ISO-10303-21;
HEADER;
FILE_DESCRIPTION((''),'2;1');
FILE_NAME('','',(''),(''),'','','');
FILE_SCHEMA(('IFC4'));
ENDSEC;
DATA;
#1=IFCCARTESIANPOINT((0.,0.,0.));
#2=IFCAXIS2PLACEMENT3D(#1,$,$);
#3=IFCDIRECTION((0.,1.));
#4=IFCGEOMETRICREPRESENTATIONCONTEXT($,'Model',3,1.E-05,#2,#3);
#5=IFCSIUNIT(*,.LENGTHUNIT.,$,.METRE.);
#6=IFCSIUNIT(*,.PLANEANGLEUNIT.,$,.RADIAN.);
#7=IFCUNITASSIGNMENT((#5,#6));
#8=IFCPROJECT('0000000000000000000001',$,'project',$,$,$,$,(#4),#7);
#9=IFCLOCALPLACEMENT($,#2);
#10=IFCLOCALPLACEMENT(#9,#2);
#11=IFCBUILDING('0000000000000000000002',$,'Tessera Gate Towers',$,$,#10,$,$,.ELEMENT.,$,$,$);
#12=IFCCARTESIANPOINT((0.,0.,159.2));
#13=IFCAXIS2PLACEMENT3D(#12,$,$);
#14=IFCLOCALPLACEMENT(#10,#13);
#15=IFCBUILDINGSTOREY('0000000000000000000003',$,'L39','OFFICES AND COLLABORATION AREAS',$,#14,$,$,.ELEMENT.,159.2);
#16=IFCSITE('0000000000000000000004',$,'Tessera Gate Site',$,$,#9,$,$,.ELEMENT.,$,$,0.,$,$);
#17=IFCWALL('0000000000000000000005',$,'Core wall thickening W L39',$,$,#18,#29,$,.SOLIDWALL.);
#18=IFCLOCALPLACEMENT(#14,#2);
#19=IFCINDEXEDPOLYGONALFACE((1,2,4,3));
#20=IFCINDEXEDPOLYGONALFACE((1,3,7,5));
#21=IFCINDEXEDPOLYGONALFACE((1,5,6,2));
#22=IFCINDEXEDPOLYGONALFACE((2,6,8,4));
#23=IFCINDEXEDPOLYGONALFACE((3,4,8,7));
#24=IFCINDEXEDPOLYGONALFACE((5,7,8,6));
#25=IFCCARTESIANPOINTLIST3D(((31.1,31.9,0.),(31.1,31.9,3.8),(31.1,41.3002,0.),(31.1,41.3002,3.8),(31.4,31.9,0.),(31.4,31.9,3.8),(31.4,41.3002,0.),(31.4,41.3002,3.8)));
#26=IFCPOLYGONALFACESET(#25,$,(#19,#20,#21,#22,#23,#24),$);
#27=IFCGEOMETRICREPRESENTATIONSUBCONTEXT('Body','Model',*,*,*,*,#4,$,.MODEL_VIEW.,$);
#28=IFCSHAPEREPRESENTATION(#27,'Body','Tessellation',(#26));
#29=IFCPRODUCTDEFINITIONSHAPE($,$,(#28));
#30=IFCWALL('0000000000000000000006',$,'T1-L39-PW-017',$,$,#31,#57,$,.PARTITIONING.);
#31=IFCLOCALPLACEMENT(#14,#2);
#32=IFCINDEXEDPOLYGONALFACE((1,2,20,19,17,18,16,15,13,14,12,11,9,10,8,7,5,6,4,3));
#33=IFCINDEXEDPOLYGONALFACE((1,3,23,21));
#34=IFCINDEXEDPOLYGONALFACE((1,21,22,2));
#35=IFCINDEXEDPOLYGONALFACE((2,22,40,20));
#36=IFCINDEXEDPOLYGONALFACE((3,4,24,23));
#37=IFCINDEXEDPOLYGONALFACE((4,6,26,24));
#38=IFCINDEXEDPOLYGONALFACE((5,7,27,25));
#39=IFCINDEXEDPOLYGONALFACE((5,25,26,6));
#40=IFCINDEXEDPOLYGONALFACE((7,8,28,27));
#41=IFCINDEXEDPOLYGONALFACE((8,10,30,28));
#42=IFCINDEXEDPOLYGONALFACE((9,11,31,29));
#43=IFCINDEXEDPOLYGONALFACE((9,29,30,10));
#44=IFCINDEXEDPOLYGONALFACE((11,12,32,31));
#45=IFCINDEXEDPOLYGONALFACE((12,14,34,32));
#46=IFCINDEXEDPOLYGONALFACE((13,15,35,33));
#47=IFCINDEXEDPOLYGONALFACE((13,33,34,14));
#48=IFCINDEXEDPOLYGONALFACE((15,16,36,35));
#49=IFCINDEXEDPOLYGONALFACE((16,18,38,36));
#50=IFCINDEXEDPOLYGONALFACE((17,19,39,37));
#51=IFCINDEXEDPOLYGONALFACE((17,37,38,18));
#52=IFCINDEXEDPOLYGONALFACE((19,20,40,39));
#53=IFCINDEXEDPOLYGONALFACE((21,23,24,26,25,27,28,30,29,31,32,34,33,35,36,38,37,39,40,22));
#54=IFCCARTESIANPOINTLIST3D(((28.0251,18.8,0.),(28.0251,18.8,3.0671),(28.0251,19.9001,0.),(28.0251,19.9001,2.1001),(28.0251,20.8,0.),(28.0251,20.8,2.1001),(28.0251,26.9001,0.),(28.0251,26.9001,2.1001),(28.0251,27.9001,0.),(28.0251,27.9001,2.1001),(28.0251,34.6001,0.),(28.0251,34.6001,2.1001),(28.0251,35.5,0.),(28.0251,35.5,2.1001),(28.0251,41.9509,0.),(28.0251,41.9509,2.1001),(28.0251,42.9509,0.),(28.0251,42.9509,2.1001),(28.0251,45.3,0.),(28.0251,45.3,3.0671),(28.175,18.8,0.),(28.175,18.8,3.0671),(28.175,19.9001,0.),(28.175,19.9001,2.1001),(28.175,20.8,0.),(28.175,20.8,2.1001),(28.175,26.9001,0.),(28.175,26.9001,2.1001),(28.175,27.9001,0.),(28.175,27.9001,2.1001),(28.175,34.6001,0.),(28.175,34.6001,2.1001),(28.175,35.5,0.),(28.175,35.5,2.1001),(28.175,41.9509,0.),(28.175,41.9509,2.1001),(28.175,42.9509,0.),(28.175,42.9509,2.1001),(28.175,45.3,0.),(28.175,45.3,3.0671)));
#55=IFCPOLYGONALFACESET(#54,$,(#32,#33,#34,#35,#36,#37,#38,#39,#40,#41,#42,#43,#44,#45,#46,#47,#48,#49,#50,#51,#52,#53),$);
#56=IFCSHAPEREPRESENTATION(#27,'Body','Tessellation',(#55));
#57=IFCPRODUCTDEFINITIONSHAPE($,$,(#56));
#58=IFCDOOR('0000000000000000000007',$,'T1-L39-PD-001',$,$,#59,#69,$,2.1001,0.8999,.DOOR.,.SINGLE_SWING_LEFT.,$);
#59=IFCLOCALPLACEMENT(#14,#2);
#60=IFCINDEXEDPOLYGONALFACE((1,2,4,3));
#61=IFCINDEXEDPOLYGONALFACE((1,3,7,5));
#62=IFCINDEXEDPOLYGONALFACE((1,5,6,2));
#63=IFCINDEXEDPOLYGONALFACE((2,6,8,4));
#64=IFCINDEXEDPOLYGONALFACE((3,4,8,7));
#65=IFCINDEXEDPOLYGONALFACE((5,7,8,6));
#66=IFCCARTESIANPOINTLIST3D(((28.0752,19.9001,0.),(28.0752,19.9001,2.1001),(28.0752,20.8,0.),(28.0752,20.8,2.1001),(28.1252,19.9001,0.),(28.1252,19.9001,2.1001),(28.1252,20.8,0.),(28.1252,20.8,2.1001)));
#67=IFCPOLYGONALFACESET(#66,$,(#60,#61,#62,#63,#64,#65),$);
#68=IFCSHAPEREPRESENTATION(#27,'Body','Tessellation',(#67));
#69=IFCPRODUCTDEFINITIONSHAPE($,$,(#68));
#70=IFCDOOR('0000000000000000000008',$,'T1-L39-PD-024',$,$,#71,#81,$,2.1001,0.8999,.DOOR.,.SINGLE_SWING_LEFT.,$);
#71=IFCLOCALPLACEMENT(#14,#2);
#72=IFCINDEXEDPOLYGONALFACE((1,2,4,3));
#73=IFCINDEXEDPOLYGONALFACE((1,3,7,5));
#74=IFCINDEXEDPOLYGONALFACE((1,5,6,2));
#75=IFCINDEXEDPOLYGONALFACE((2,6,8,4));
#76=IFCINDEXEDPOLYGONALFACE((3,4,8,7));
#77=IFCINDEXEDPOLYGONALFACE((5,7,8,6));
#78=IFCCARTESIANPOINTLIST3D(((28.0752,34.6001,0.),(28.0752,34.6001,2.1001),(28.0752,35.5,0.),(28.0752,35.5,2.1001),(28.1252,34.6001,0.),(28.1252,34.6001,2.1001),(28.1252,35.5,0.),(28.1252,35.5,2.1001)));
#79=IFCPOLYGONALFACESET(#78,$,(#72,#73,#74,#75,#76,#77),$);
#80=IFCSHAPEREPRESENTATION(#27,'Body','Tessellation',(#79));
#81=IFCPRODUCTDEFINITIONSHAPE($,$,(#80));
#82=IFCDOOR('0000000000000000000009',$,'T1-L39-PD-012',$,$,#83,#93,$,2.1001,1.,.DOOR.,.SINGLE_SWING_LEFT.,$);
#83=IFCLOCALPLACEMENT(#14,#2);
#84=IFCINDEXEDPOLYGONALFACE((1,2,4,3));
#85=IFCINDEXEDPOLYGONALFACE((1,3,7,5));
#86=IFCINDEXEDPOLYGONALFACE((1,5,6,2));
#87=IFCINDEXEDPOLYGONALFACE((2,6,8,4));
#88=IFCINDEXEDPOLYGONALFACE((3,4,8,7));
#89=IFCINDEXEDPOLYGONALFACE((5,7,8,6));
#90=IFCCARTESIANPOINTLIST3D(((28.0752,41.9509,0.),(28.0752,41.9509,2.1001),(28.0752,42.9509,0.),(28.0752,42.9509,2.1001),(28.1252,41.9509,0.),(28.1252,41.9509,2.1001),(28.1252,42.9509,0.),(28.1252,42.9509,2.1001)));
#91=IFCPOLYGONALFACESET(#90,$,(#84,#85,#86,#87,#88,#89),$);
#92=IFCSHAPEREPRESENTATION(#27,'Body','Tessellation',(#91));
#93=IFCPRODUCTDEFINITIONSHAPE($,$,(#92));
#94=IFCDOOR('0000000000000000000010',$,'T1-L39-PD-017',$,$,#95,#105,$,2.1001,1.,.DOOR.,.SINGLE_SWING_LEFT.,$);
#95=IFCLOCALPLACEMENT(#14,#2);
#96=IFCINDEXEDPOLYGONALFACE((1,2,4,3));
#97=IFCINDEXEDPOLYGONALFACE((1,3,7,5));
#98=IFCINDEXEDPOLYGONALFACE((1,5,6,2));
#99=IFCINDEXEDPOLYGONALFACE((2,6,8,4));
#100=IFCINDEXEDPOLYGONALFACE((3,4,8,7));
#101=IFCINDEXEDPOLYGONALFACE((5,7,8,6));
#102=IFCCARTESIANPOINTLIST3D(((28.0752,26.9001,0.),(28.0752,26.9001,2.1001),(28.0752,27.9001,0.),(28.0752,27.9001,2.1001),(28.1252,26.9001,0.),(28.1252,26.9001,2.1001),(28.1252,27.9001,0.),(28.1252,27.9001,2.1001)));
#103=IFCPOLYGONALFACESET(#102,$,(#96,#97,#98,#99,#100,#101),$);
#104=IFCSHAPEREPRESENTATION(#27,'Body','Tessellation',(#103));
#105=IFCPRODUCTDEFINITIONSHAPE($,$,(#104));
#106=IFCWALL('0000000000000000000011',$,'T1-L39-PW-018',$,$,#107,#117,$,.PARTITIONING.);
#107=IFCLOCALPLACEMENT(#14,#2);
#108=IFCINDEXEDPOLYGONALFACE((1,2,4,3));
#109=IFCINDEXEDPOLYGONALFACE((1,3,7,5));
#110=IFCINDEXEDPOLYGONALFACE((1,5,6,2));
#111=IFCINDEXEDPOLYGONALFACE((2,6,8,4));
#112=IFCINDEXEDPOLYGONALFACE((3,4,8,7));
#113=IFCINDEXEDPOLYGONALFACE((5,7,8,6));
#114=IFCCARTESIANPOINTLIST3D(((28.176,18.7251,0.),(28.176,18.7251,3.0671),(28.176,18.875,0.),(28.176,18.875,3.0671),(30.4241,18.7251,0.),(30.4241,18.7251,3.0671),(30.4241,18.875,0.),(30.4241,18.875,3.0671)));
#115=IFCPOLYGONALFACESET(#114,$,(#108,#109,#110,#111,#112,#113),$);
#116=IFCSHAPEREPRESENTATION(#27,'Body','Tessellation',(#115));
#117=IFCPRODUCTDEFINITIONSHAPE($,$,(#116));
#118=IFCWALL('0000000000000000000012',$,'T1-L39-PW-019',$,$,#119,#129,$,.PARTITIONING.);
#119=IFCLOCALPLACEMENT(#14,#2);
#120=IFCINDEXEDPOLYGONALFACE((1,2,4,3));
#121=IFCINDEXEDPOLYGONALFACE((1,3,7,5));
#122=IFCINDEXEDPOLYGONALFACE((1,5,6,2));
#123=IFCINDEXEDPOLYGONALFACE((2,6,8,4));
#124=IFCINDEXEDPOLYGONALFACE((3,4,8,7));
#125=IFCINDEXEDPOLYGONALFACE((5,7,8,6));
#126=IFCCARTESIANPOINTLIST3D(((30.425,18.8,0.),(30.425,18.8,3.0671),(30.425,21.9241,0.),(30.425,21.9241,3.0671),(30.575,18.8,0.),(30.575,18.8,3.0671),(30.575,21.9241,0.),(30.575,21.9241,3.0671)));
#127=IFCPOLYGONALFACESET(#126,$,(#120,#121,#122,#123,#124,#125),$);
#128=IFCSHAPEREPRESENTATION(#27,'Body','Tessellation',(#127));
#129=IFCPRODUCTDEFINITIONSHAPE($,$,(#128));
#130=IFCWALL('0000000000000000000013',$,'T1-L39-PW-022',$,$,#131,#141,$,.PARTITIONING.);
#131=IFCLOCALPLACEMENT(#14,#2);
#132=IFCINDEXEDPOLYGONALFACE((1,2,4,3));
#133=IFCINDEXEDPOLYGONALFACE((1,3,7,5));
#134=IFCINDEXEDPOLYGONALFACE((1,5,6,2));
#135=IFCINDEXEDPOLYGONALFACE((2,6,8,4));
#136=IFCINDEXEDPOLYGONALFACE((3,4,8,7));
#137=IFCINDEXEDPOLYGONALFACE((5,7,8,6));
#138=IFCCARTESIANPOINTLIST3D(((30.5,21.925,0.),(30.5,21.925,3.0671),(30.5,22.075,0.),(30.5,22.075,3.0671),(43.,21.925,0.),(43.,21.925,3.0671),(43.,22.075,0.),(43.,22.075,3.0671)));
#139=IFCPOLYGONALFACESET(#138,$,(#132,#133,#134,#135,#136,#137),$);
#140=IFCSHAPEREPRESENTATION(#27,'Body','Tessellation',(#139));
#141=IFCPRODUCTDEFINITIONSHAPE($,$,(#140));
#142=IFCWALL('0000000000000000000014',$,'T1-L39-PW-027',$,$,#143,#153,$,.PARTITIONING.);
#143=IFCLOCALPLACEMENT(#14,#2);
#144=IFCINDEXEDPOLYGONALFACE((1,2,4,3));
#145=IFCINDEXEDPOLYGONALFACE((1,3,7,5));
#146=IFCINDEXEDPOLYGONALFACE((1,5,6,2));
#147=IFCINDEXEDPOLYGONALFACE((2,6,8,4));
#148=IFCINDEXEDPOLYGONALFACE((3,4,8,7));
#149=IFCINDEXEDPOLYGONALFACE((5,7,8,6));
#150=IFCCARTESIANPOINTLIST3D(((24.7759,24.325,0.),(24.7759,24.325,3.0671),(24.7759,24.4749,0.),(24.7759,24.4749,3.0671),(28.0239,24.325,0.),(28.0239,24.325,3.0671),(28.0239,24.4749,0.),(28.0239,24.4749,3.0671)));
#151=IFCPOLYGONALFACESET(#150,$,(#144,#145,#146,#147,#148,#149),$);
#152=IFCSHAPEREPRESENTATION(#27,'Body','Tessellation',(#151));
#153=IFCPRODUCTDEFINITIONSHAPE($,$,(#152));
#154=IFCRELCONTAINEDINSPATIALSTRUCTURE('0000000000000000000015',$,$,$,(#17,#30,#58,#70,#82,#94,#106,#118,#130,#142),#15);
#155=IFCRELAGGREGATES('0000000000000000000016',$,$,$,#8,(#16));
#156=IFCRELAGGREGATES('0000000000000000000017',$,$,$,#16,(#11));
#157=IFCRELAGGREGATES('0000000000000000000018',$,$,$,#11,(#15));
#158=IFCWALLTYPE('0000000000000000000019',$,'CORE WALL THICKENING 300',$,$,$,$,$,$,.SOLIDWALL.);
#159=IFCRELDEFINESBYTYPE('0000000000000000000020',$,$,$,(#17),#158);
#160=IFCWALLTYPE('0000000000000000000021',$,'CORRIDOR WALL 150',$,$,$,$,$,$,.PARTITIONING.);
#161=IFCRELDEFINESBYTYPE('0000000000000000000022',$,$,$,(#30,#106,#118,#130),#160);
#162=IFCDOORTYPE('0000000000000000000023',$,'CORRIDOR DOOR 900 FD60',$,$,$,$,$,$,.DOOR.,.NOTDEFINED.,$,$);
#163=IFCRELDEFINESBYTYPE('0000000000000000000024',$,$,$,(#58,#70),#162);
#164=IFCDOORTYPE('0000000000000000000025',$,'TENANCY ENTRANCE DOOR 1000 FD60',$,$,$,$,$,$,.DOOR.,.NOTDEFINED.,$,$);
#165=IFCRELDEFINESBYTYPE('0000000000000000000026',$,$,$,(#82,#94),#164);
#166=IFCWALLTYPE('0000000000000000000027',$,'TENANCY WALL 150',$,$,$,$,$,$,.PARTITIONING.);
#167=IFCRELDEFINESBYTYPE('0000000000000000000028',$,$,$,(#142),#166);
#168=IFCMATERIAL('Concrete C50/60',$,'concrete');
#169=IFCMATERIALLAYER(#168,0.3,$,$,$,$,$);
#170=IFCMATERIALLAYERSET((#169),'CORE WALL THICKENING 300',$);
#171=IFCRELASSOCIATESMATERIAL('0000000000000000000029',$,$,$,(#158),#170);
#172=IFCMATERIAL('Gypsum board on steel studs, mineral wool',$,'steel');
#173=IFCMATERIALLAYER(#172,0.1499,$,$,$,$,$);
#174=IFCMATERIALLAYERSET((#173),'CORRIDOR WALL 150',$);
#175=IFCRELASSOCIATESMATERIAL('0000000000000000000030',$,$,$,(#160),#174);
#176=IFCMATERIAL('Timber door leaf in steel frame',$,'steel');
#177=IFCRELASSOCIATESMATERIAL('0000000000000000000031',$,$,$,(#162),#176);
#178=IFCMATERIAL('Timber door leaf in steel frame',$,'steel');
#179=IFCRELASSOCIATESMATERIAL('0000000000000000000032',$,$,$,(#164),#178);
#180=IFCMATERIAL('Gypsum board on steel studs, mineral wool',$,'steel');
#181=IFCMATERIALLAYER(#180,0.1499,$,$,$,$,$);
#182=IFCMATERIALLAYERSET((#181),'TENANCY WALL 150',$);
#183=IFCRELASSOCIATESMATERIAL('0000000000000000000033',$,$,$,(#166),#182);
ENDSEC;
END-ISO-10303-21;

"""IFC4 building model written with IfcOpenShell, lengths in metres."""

from ifc_helpers import new_model, si_unit, direction, frame, frame_2d, origin, place, context, subcontext, project, spatial, rectangle, extrude, source, transform, mapped, material, layer, layer_set, type_object, element, fill, save


model = new_model("IFC4")

# Units and contexts
model_context = context("Model", 3, precision=1e-05, world=origin(), true_north=direction((0.0, 1.0)))
body_context = subcontext(model_context, "Body", "Model", "MODEL_VIEW")
ifc_project = project(units=[si_unit("LENGTHUNIT", "METRE"), si_unit("PLANEANGLEUNIT", "RADIAN")], contexts=[model_context])

# Site, building, storey
site_placement = place(None, origin())
site = spatial("IfcSite", under=ifc_project, at=site_placement, Name="Tessera Gate Site", CompositionType="ELEMENT", RefElevation=0.0)
building_placement = place(site_placement, origin())
building = spatial("IfcBuilding", under=site, at=building_placement, Name="Tessera Gate Towers", CompositionType="ELEMENT")
storey_placement = place(building_placement, frame((0.0, 0.0, 159.2)))
storey = spatial("IfcBuildingStorey", under=building, at=storey_placement, Name="L39", Description="OFFICES AND COLLABORATION AREAS", CompositionType="ELEMENT", Elevation=159.2)

# Shared definitions
shared_shape_1 = source(origin(), body_context, "Body", "SweptSolid", [
    extrude(rectangle(XDim=0.8999, YDim=2.1001, at=frame_2d((0.45, 1.05))), frame((0.0, 0.0249, 0.0), z_axis=(0.0, -1.0, 0.0), x_axis=(1.0, 0.0, 0.0)), (0.0, 0.0, 1.0), 0.05),
])

# Wall
ifc_material_1 = material(Name="Concrete C50/60", Category="concrete")
ifc_layer_1 = layer(ifc_material_1, 0.3)
ifc_layer_set_1 = layer_set([ifc_layer_1], Name="CORE WALL THICKENING 300")
wall_type_1 = type_object("IfcWallType", Name="CORE WALL THICKENING 300", PredefinedType="SOLIDWALL", material=ifc_layer_set_1)
wall_1_placement = place(storey_placement, frame((31.25, 31.8999, 0.0), z_axis=(0.0, 0.0, 1.0), x_axis=(0.0, 1.0, 0.0)))
element("IfcWall", 1, at=wall_1_placement, inside=storey, type_object=wall_type_1, Name="Core wall thickening W L39", PredefinedType="SOLIDWALL", context=body_context, shape_type="SweptSolid", body=[
    extrude(rectangle(XDim=9.4001, YDim=0.3, at=frame_2d((4.7002, 0.0))), origin(), (0.0, 0.0, 1.0), 3.8),
])

# Wall, openings, doors
ifc_material_2 = material(Name="Gypsum board on steel studs, mineral wool", Category="steel")
ifc_layer_2 = layer(ifc_material_2, 0.1499)
ifc_layer_set_2 = layer_set([ifc_layer_2], Name="CORRIDOR WALL 150")
wall_type_2 = type_object("IfcWallType", Name="CORRIDOR WALL 150", PredefinedType="PARTITIONING", material=ifc_layer_set_2)
wall_2_placement = place(storey_placement, frame((28.1001, 18.8, 0.0), z_axis=(0.0, 0.0, 1.0), x_axis=(0.0, 1.0, 0.0)))
wall_2 = element("IfcWall", 2, at=wall_2_placement, inside=storey, type_object=wall_type_2, Name="T1-L39-PW-017", PredefinedType="PARTITIONING", context=body_context, shape_type="SweptSolid", body=[
    extrude(rectangle(XDim=26.5, YDim=0.1499, at=frame_2d((13.25, 0.0))), origin(), (0.0, 0.0, 1.0), 3.0671),
])
shared_shape_2 = source(origin(), body_context, "Body", "SweptSolid", [
    extrude(rectangle(XDim=0.8999, YDim=2.1001, at=frame_2d((0.45, 1.05))), frame((0.0, 0.085, 0.0), z_axis=(0.0, -1.0, 0.0), x_axis=(1.0, 0.0, 0.0)), (0.0, 0.0, 1.0), 0.1699),
])
opening_1_placement = place(wall_2_placement, frame((1.1001, 0.0, 0.0)))
opening_1 = element("IfcOpeningElement", 3, at=opening_1_placement, cuts=wall_2, PredefinedType="OPENING", context=body_context, shape_type="MappedRepresentation", body=[
    mapped(shared_shape_2, transform((0.0, 0.0, 0.0), scale=1.0)),
])
shared_shape_3 = source(origin(), body_context, "Body", "SweptSolid", [
    extrude(rectangle(XDim=1.0, YDim=2.1001, at=frame_2d((0.5, 1.05))), frame((0.0, 0.085, 0.0), z_axis=(0.0, -1.0, 0.0), x_axis=(1.0, 0.0, 0.0)), (0.0, 0.0, 1.0), 0.1699),
])
opening_2_placement = place(wall_2_placement, frame((23.1509, 0.0, 0.0)))
opening_2 = element("IfcOpeningElement", 4, at=opening_2_placement, cuts=wall_2, PredefinedType="OPENING", context=body_context, shape_type="MappedRepresentation", body=[
    mapped(shared_shape_3, transform((0.0, 0.0, 0.0), scale=1.0)),
])
opening_3_placement = place(wall_2_placement, frame((8.1001, 0.0, 0.0)))
opening_3 = element("IfcOpeningElement", 5, at=opening_3_placement, cuts=wall_2, PredefinedType="OPENING", context=body_context, shape_type="MappedRepresentation", body=[
    mapped(shared_shape_3, transform((0.0, 0.0, 0.0), scale=1.0)),
])
opening_4_placement = place(wall_2_placement, frame((15.8, 0.0, 0.0)))
opening_4 = element("IfcOpeningElement", 6, at=opening_4_placement, cuts=wall_2, PredefinedType="OPENING", context=body_context, shape_type="MappedRepresentation", body=[
    mapped(shared_shape_2, transform((0.0, 0.0, 0.0), scale=1.0)),
])
ifc_material_3 = material(Name="Timber door leaf in steel frame", Category="steel")
door_type_1 = type_object("IfcDoorType", Name="CORRIDOR DOOR 900 FD60", OperationType="NOTDEFINED", PredefinedType="DOOR", material=ifc_material_3)
door_1_placement = place(opening_1_placement, origin())
door_1 = element("IfcDoor", 7, at=door_1_placement, inside=storey, type_object=door_type_1, Name="T1-L39-PD-001", OperationType="SINGLE_SWING_LEFT", OverallHeight=2.1001, OverallWidth=0.8999, PredefinedType="DOOR", context=body_context, shape_type="MappedRepresentation", body=[
    mapped(shared_shape_1, transform((0.0, 0.0, 0.0), scale=1.0)),
])
fill(opening_1, door_1)
door_2_placement = place(opening_4_placement, origin())
door_2 = element("IfcDoor", 8, at=door_2_placement, inside=storey, type_object=door_type_1, Name="T1-L39-PD-024", OperationType="SINGLE_SWING_LEFT", OverallHeight=2.1001, OverallWidth=0.8999, PredefinedType="DOOR", context=body_context, shape_type="MappedRepresentation", body=[
    mapped(shared_shape_1, transform((0.0, 0.0, 0.0), scale=1.0)),
])
fill(opening_4, door_2)
ifc_material_4 = material(Name="Timber door leaf in steel frame", Category="steel")
door_type_2 = type_object("IfcDoorType", Name="TENANCY ENTRANCE DOOR 1000 FD60", OperationType="NOTDEFINED", PredefinedType="DOOR", material=ifc_material_4)
shared_shape_4 = source(origin(), body_context, "Body", "SweptSolid", [
    extrude(rectangle(XDim=1.0, YDim=2.1001, at=frame_2d((0.5, 1.05))), frame((0.0, 0.0249, 0.0), z_axis=(0.0, -1.0, 0.0), x_axis=(1.0, 0.0, 0.0)), (0.0, 0.0, 1.0), 0.05),
])
door_3_placement = place(opening_2_placement, origin())
door_3 = element("IfcDoor", 9, at=door_3_placement, inside=storey, type_object=door_type_2, Name="T1-L39-PD-012", OperationType="SINGLE_SWING_LEFT", OverallHeight=2.1001, OverallWidth=1.0, PredefinedType="DOOR", context=body_context, shape_type="MappedRepresentation", body=[
    mapped(shared_shape_4, transform((0.0, 0.0, 0.0), scale=1.0)),
])
fill(opening_2, door_3)
door_4_placement = place(opening_3_placement, origin())
door_4 = element("IfcDoor", 10, at=door_4_placement, inside=storey, type_object=door_type_2, Name="T1-L39-PD-017", OperationType="SINGLE_SWING_LEFT", OverallHeight=2.1001, OverallWidth=1.0, PredefinedType="DOOR", context=body_context, shape_type="MappedRepresentation", body=[
    mapped(shared_shape_4, transform((0.0, 0.0, 0.0), scale=1.0)),
])
fill(opening_3, door_4)

# Walls
wall_3_placement = place(storey_placement, frame((28.176, 18.8, 0.0), z_axis=(0.0, 0.0, 1.0), x_axis=(1.0, 0.0, 0.0)))
element("IfcWall", 11, at=wall_3_placement, inside=storey, type_object=wall_type_2, Name="T1-L39-PW-018", PredefinedType="PARTITIONING", context=body_context, shape_type="SweptSolid", body=[
    extrude(rectangle(XDim=2.248, YDim=0.1499, at=frame_2d((1.124, 0.0))), origin(), (0.0, 0.0, 1.0), 3.0671),
])
wall_4_placement = place(storey_placement, frame((30.5, 18.8, 0.0), z_axis=(0.0, 0.0, 1.0), x_axis=(0.0, 1.0, 0.0)))
element("IfcWall", 12, at=wall_4_placement, inside=storey, type_object=wall_type_2, Name="T1-L39-PW-019", PredefinedType="PARTITIONING", context=body_context, shape_type="SweptSolid", body=[
    extrude(rectangle(XDim=3.124, YDim=0.1499, at=frame_2d((1.562, 0.0))), origin(), (0.0, 0.0, 1.0), 3.0671),
])
wall_5_placement = place(storey_placement, frame((30.5, 22.0, 0.0), z_axis=(0.0, 0.0, 1.0), x_axis=(1.0, 0.0, 0.0)))
element("IfcWall", 13, at=wall_5_placement, inside=storey, type_object=wall_type_2, Name="T1-L39-PW-022", PredefinedType="PARTITIONING", context=body_context, shape_type="SweptSolid", body=[
    extrude(rectangle(XDim=12.5, YDim=0.1499, at=frame_2d((6.25, 0.0))), origin(), (0.0, 0.0, 1.0), 3.0671),
])
ifc_material_5 = material(Name="Gypsum board on steel studs, mineral wool", Category="steel")
ifc_layer_3 = layer(ifc_material_5, 0.1499)
ifc_layer_set_3 = layer_set([ifc_layer_3], Name="TENANCY WALL 150")
wall_type_3 = type_object("IfcWallType", Name="TENANCY WALL 150", PredefinedType="PARTITIONING", material=ifc_layer_set_3)
wall_6_placement = place(storey_placement, frame((24.7759, 24.3999, 0.0), z_axis=(0.0, 0.0, 1.0), x_axis=(1.0, 0.0, 0.0)))
element("IfcWall", 14, at=wall_6_placement, inside=storey, type_object=wall_type_3, Name="T1-L39-PW-027", PredefinedType="PARTITIONING", context=body_context, shape_type="SweptSolid", body=[
    extrude(rectangle(XDim=3.248, YDim=0.1499, at=frame_2d((1.624, 0.0))), origin(), (0.0, 0.0, 1.0), 3.0671),
])

save(model, "model.ifc")
